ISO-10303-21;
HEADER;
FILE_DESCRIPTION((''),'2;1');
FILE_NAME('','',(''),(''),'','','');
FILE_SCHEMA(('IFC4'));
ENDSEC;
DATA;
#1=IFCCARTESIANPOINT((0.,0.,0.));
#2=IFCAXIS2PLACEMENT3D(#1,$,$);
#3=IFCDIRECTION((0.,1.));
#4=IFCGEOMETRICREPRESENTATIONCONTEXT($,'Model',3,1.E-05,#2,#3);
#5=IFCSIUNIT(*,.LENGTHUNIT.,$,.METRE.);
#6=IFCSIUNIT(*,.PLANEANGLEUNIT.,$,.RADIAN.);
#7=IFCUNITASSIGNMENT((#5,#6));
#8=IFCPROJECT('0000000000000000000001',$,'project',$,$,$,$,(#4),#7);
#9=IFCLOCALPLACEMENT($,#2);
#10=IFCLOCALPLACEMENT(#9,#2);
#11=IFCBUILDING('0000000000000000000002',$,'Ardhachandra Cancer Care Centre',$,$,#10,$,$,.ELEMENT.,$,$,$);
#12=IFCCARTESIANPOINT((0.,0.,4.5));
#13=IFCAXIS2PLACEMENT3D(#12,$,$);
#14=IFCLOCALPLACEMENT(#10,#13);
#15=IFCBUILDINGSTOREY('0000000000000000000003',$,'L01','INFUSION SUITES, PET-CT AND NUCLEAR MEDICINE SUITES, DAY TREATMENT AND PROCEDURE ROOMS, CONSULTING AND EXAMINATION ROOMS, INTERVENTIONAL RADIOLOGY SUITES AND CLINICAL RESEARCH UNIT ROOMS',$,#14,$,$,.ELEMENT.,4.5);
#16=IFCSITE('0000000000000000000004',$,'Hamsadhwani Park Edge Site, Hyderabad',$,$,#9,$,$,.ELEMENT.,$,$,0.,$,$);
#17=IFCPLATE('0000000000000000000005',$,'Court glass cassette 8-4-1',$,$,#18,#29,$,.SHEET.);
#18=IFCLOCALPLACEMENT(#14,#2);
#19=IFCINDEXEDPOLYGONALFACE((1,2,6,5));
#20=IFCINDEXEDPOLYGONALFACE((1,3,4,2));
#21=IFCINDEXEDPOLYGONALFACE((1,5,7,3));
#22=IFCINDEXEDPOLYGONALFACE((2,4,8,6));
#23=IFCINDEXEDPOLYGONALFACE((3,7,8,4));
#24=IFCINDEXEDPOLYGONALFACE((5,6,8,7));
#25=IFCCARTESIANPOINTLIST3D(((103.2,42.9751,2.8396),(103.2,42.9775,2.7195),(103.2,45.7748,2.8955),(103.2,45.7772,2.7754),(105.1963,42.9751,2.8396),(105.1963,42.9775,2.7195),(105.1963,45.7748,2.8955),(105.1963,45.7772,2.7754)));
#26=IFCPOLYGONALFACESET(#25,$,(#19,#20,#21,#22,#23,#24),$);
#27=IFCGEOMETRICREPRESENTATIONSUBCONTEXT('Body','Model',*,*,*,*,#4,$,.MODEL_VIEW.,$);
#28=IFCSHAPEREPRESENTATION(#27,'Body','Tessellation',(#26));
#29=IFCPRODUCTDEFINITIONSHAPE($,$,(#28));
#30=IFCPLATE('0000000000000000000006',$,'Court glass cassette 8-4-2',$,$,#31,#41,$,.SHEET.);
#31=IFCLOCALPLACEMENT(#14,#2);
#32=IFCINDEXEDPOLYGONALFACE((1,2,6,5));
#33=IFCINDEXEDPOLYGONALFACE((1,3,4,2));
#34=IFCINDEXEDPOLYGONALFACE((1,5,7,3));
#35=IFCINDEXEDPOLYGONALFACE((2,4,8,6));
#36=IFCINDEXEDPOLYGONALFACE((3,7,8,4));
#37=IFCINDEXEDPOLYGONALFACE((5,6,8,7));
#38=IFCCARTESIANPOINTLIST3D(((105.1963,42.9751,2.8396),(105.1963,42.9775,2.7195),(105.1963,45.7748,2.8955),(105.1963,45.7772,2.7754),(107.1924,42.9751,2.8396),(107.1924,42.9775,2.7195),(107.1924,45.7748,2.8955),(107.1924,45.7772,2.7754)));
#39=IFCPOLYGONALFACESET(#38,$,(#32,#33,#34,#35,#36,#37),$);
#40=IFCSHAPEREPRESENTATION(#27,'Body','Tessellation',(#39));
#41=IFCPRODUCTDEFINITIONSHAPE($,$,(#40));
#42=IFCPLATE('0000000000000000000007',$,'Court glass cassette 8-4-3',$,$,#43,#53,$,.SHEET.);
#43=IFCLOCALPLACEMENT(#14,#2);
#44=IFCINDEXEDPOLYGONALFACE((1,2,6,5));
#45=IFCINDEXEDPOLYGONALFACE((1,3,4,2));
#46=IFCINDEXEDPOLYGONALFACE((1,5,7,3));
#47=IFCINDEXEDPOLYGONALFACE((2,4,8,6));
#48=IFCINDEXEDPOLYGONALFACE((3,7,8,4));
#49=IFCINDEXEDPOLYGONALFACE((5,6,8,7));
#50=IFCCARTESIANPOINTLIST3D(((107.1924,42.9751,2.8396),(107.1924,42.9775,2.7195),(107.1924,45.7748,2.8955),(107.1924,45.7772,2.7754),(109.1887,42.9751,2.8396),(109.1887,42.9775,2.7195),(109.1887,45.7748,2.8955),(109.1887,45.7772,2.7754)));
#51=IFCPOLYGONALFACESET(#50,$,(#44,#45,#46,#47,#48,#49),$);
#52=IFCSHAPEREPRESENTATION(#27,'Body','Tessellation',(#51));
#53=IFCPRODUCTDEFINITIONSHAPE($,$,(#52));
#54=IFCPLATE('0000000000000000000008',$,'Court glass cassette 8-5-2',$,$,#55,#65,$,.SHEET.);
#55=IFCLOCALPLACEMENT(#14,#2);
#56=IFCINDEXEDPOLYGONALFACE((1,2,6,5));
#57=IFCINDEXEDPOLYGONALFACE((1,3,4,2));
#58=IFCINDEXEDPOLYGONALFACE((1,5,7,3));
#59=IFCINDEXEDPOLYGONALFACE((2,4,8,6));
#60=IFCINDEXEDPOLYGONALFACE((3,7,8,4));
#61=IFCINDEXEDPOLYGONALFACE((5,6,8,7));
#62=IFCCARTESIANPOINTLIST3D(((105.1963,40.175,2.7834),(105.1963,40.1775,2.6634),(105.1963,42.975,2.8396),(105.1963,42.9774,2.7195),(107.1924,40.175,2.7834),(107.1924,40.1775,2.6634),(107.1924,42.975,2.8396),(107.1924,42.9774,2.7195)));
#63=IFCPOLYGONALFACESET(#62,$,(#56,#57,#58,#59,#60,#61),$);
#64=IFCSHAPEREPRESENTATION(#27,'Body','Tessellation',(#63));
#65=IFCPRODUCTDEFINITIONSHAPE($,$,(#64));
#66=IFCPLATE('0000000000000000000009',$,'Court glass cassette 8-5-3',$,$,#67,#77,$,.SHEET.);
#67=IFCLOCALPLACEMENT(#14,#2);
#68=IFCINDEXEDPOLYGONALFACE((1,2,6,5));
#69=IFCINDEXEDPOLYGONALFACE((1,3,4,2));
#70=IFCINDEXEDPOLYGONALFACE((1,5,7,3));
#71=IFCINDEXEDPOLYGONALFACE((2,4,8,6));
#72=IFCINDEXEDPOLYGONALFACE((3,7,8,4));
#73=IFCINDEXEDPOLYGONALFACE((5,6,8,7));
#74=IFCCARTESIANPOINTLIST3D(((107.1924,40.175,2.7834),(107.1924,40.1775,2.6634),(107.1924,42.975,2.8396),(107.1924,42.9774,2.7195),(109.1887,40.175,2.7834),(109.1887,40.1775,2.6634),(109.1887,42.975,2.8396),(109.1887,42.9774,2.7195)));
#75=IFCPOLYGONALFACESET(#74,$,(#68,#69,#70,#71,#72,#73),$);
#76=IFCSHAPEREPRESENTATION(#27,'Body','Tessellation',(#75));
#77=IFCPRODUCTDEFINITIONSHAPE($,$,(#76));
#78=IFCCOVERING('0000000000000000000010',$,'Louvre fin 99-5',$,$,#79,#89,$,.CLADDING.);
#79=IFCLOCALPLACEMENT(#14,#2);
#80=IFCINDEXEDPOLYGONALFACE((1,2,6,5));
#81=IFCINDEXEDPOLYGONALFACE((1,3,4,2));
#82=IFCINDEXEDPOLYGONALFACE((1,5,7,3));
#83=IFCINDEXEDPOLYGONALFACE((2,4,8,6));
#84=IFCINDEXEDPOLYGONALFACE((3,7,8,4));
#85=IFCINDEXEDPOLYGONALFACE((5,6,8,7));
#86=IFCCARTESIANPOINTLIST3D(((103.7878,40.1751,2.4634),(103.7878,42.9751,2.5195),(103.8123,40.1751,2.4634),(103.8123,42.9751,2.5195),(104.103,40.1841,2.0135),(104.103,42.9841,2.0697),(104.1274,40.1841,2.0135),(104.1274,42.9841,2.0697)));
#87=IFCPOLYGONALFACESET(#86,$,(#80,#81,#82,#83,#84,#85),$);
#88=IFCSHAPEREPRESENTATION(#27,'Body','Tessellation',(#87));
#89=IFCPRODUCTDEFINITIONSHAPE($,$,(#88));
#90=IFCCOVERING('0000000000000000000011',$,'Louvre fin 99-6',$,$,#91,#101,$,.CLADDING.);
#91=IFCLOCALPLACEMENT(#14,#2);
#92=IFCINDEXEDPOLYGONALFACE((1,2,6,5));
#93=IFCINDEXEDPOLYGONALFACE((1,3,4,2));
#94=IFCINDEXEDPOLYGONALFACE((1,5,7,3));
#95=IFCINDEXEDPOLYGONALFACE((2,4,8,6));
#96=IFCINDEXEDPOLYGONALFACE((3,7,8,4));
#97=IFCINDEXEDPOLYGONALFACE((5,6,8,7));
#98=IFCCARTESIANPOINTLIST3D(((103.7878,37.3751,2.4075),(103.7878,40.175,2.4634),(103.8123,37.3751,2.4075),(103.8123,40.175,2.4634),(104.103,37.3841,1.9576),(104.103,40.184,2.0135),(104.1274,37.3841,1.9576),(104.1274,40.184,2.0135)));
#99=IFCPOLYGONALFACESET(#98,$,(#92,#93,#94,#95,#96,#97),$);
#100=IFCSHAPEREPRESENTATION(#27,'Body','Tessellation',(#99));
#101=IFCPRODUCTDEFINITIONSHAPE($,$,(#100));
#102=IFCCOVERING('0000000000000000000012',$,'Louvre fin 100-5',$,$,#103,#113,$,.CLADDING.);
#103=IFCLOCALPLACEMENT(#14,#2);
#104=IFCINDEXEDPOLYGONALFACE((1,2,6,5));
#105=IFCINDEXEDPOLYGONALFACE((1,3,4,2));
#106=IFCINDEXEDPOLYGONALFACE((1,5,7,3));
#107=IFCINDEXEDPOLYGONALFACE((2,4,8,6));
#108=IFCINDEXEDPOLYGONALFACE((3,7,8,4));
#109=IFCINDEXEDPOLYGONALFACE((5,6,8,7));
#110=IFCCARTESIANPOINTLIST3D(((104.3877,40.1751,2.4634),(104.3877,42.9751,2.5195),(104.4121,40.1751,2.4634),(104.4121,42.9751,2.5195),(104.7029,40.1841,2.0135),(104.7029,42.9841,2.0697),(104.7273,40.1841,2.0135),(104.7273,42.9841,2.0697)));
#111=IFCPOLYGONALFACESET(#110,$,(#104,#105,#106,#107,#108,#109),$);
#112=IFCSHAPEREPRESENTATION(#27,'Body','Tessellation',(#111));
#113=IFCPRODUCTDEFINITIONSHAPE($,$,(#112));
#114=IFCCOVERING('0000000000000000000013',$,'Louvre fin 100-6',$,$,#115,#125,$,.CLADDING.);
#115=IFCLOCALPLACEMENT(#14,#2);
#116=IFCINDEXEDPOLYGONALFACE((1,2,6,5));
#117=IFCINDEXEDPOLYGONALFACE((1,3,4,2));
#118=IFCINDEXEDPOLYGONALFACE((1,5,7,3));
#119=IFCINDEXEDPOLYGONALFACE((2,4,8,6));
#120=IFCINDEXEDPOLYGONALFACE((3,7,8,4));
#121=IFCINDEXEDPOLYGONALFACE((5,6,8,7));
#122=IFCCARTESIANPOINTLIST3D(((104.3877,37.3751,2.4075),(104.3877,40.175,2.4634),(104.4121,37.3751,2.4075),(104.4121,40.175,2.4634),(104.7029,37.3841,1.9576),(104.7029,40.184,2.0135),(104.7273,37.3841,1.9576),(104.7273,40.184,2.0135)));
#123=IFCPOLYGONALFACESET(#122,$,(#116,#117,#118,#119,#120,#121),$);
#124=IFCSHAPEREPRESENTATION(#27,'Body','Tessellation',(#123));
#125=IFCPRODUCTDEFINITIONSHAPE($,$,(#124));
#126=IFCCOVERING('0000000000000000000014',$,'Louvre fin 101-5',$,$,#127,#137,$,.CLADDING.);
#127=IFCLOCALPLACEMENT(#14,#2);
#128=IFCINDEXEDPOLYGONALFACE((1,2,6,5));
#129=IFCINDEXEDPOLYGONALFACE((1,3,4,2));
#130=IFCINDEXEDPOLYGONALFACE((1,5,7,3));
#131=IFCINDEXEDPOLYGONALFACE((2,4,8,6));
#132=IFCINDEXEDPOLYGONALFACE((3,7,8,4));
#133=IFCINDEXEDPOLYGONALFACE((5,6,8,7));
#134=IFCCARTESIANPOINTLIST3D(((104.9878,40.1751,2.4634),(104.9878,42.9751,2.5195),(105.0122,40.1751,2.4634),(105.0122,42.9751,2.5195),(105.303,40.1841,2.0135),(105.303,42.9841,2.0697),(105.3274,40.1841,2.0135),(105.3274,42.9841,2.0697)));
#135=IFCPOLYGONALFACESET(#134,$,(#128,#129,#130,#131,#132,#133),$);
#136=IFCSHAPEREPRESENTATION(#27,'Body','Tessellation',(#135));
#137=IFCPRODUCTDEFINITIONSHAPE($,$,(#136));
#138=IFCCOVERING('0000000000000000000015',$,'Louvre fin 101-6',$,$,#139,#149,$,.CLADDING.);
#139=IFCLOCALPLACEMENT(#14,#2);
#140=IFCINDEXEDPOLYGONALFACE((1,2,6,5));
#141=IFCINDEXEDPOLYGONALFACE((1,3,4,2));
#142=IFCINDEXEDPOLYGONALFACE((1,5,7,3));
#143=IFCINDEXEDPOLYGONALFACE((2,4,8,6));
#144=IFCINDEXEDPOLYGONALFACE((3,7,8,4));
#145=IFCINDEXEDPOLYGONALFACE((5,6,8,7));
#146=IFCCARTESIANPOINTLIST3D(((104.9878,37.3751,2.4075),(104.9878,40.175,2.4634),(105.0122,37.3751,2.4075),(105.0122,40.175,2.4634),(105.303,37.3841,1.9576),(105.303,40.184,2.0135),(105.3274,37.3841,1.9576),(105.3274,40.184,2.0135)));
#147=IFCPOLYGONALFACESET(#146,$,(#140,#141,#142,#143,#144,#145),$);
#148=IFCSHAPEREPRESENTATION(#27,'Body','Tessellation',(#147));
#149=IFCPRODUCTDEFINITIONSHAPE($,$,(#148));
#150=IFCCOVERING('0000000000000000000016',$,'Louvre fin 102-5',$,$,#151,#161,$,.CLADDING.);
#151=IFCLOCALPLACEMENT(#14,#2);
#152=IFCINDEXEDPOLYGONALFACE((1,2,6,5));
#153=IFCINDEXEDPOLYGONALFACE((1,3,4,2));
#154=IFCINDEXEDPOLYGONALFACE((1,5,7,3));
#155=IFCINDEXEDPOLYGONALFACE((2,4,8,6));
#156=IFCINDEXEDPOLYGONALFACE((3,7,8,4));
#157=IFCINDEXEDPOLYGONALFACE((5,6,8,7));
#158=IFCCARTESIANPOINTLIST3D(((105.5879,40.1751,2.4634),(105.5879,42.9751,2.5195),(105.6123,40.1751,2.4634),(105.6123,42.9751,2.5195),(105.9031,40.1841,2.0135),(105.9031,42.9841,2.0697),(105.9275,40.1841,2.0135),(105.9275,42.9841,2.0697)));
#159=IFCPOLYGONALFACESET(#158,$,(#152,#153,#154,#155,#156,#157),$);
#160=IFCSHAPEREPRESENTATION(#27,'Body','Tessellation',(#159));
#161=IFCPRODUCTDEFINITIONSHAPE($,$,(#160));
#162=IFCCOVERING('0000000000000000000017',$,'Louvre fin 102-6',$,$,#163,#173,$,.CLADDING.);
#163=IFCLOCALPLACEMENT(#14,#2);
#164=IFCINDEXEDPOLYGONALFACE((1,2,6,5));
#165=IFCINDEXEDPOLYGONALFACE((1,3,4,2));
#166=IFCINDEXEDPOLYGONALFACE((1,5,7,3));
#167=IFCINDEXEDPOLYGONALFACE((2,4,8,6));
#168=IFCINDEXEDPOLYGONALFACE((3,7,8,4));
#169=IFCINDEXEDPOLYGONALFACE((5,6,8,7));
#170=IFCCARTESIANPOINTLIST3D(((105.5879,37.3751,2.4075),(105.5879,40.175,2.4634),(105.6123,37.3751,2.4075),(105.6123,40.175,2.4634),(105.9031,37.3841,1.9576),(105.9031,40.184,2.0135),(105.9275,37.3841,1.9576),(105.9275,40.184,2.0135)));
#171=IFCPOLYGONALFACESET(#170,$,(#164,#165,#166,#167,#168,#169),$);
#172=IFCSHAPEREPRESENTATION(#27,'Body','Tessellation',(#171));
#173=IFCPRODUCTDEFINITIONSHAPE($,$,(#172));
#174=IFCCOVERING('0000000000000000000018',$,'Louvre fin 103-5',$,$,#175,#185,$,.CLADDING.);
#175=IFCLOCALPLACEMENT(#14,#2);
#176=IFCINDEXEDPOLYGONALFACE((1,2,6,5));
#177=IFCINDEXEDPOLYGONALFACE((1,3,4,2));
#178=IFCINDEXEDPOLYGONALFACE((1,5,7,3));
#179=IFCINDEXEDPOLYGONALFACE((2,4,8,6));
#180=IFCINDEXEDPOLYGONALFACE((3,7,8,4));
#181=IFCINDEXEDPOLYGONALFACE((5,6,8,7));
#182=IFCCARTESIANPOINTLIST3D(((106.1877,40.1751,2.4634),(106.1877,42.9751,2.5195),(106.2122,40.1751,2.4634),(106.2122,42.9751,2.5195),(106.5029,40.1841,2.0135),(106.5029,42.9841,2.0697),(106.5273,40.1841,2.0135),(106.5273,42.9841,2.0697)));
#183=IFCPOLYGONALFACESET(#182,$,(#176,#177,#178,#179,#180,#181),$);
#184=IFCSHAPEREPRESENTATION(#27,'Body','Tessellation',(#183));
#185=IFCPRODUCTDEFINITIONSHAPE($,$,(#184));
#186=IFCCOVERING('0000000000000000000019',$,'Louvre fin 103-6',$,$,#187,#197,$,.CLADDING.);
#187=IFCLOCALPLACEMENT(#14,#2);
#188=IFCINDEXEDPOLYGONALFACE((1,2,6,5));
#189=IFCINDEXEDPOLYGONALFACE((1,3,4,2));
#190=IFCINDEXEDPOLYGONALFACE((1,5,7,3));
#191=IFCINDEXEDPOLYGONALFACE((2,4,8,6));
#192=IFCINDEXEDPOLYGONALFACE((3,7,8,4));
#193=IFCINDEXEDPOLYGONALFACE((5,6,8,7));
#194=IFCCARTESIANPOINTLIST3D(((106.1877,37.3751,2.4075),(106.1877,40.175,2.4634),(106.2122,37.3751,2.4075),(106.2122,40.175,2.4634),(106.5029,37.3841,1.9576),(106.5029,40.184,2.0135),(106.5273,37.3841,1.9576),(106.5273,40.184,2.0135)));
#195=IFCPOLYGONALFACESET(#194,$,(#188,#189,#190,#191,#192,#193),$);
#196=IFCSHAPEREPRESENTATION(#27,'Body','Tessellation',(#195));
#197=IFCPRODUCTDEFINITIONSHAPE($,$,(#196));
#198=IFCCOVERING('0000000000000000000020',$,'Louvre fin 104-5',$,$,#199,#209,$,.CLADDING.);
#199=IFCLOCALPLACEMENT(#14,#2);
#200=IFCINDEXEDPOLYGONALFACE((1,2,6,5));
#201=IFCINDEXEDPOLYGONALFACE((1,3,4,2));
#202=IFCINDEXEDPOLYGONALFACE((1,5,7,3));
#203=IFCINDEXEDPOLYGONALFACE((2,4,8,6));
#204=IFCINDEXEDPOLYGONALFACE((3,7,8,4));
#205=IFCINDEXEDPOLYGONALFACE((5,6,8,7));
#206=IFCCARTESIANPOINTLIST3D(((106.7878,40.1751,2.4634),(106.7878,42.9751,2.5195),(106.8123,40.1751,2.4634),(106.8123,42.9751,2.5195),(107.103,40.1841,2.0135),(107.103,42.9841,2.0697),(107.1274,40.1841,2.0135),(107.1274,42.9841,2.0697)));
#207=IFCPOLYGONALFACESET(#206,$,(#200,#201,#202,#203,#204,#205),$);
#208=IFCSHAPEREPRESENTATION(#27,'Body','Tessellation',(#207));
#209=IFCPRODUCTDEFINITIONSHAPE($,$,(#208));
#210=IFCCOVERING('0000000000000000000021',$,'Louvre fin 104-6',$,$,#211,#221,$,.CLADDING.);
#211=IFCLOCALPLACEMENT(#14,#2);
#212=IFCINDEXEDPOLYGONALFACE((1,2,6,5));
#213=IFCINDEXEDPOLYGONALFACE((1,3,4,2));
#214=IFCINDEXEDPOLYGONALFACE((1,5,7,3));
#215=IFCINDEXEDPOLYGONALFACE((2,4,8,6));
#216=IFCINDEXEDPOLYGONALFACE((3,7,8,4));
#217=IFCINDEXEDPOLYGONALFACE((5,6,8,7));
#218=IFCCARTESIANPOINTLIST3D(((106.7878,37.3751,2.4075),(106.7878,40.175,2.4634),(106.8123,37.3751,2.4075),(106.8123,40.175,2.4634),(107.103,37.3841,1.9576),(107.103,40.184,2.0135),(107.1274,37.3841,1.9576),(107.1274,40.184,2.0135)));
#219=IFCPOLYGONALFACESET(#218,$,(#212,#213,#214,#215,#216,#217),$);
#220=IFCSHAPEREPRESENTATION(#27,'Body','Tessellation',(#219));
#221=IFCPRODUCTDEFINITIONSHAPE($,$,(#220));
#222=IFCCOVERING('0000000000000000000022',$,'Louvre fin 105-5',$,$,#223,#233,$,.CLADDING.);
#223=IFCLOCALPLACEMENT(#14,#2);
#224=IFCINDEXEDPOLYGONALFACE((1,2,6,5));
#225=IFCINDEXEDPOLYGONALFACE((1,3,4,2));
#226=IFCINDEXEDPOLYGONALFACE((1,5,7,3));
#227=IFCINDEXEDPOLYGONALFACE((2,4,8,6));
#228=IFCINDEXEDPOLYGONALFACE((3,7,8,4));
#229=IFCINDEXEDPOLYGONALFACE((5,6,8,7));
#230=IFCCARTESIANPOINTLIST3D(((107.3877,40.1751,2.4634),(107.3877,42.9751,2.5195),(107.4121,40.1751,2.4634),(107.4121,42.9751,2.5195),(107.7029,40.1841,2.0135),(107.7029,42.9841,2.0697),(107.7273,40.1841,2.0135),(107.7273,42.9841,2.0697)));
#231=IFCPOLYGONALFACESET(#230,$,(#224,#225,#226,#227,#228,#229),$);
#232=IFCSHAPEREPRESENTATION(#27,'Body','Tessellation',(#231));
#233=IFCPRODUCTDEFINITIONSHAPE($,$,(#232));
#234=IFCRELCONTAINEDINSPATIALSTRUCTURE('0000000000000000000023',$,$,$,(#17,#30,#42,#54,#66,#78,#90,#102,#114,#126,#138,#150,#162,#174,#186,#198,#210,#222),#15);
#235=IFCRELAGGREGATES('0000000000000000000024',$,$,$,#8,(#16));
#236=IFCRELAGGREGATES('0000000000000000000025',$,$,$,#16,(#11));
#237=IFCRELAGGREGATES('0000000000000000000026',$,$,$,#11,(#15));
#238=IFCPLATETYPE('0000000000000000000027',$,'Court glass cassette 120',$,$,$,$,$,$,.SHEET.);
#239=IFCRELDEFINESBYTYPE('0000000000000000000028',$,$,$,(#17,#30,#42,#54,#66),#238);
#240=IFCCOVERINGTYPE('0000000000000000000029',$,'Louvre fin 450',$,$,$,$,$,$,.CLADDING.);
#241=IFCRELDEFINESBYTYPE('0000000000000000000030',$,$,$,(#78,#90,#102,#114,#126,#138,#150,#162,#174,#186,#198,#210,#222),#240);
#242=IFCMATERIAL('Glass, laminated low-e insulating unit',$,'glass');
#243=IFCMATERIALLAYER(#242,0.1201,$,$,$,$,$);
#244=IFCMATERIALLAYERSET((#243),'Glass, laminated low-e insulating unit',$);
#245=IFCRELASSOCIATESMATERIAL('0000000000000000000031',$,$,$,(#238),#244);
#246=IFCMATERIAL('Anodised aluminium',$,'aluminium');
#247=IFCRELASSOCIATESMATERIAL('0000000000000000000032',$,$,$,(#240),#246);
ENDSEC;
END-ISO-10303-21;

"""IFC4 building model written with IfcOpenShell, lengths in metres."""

from ifc_helpers import new_model, si_unit, direction, frame, origin, place, context, subcontext, project, spatial, polyline, outline, extrude, material, layer, layer_set, material_profile, profile_set, type_object, element, save


model = new_model("IFC4")

# Units and contexts
model_context = context("Model", 3, precision=1e-05, world=origin(), true_north=direction((0.0, 1.0)))
body_context = subcontext(model_context, "Body", "Model", "MODEL_VIEW")
ifc_project = project(units=[si_unit("LENGTHUNIT", "METRE"), si_unit("PLANEANGLEUNIT", "RADIAN")], contexts=[model_context])

# Site, building, storey
site_placement = place(None, origin())
site = spatial("IfcSite", under=ifc_project, at=site_placement, Name="Hamsadhwani Park Edge Site, Hyderabad", CompositionType="ELEMENT", RefElevation=0.0)
building_placement = place(site_placement, origin())
building = spatial("IfcBuilding", under=site, at=building_placement, Name="Ardhachandra Cancer Care Centre", CompositionType="ELEMENT")
storey_placement = place(building_placement, frame((0.0, 0.0, 4.5)))
storey = spatial("IfcBuildingStorey", under=building, at=storey_placement, Name="L01", Description="INFUSION SUITES, PET-CT AND NUCLEAR MEDICINE SUITES, DAY TREATMENT AND PROCEDURE ROOMS, CONSULTING AND EXAMINATION ROOMS, INTERVENTIONAL RADIOLOGY SUITES AND CLINICAL RESEARCH UNIT ROOMS", CompositionType="ELEMENT", Elevation=4.5)

# Plates
ifc_material_1 = material(Name="Glass, laminated low-e insulating unit", Category="glass")
ifc_layer_1 = layer(ifc_material_1, 0.1201)
ifc_layer_set_1 = layer_set([ifc_layer_1], Name="Glass, laminated low-e insulating unit")
plate_type = type_object("IfcPlateType", Name="Court glass cassette 120", PredefinedType="SHEET", material=ifc_layer_set_1)
plate_1_placement = place(storey_placement, frame((103.2, 42.9751, 2.8396), z_axis=(0.0, -0.019965, 0.999801), x_axis=(0.0, 0.999801, 0.019965)))
element("IfcPlate", 1, at=plate_1_placement, inside=storey, type_object=plate_type, Name="Court glass cassette 8-4-1", PredefinedType="SHEET", context=body_context, shape_type="SweptSolid", body=[
    extrude(outline(polyline([(0.0, -1.9963), (2.8003, -1.9963), (2.8003, 0.0), (0.0, 0.0), (0.0, -1.9963)])), frame((0.0, 0.0, -0.1201)), (0.0, 0.0, 1.0), 0.1201),
])
plate_2_placement = place(storey_placement, frame((105.1963, 42.9751, 2.8396), z_axis=(0.0, -0.019965, 0.999801), x_axis=(0.0, 0.999801, 0.019965)))
element("IfcPlate", 2, at=plate_2_placement, inside=storey, type_object=plate_type, Name="Court glass cassette 8-4-2", PredefinedType="SHEET", context=body_context, shape_type="SweptSolid", body=[
    extrude(outline(polyline([(0.0, -1.9961), (2.8003, -1.9961), (2.8003, 0.0), (0.0, 0.0), (0.0, -1.9961)])), frame((0.0, 0.0, -0.1201)), (0.0, 0.0, 1.0), 0.1201),
])
plate_3_placement = place(storey_placement, frame((107.1924, 42.9751, 2.8396), z_axis=(0.0, -0.019965, 0.999801), x_axis=(0.0, 0.999801, 0.019965)))
element("IfcPlate", 3, at=plate_3_placement, inside=storey, type_object=plate_type, Name="Court glass cassette 8-4-3", PredefinedType="SHEET", context=body_context, shape_type="SweptSolid", body=[
    extrude(outline(polyline([(0.0, -1.9963), (2.8003, -1.9963), (2.8003, 0.0), (0.0, 0.0), (0.0, -1.9963)])), frame((0.0, 0.0, -0.1201)), (0.0, 0.0, 1.0), 0.1201),
])
plate_4_placement = place(storey_placement, frame((105.1963, 40.175, 2.7834), z_axis=(0.0, -0.02005, 0.999799), x_axis=(0.0, 0.999799, 0.02005)))
element("IfcPlate", 4, at=plate_4_placement, inside=storey, type_object=plate_type, Name="Court glass cassette 8-5-2", PredefinedType="SHEET", context=body_context, shape_type="SweptSolid", body=[
    extrude(outline(polyline([(0.0, -1.9961), (2.8005, -1.9961), (2.8005, 0.0), (0.0, 0.0), (0.0, -1.9961)])), frame((0.0, 0.0, -0.1201)), (0.0, 0.0, 1.0), 0.1201),
])
plate_5_placement = place(storey_placement, frame((107.1924, 40.175, 2.7834), z_axis=(0.0, -0.02005, 0.999799), x_axis=(0.0, 0.999799, 0.02005)))
element("IfcPlate", 5, at=plate_5_placement, inside=storey, type_object=plate_type, Name="Court glass cassette 8-5-3", PredefinedType="SHEET", context=body_context, shape_type="SweptSolid", body=[
    extrude(outline(polyline([(0.0, -1.9963), (2.8005, -1.9963), (2.8005, 0.0), (0.0, 0.0), (0.0, -1.9963)])), frame((0.0, 0.0, -0.1201)), (0.0, 0.0, 1.0), 0.1201),
])

# Coverings
ifc_material_2 = material(Name="Anodised aluminium", Category="aluminium")
ifc_material_profile_1 = material_profile(ifc_material_2, outline(polyline([(-0.0122, 0.0), (0.0122, 0.0), (0.3274, -0.45), (0.303, -0.45), (-0.0122, 0.0)])), Name="Louvre fin 450")
ifc_profile_set_1 = profile_set([ifc_material_profile_1], Name="Anodised aluminium")
covering_type_1 = type_object("IfcCoveringType", Name="Louvre fin 450", PredefinedType="CLADDING", material=ifc_profile_set_1)
for number, where, z_axis, x_axis, name in (
    (6, (103.8, 42.9751, 2.5195), (0.0, -0.999799, -0.02005), (1.0, 0.0, 0.0), "Louvre fin 99-5"),
    (7, (103.8, 40.175, 2.4634), (0.0, -0.999801, -0.019963), (1.0, 0.0, 0.0), "Louvre fin 99-6"),
    (8, (104.3999, 42.9751, 2.5195), (0.0, -0.999799, -0.02005), (1.0, 0.0, 0.0), "Louvre fin 100-5"),
    (9, (104.3999, 40.175, 2.4634), (0.0, -0.999801, -0.019963), (1.0, 0.0, 0.0), "Louvre fin 100-6"),
    (10, (105.0, 42.9751, 2.5195), (0.0, -0.999799, -0.02005), (1.0, 0.0, 0.0), "Louvre fin 101-5"),
    (11, (105.0, 40.175, 2.4634), (0.0, -0.999801, -0.019963), (1.0, 0.0, 0.0), "Louvre fin 101-6"),
    (12, (105.6001, 42.9751, 2.5195), (0.0, -0.999799, -0.02005), (1.0, 0.0, 0.0), "Louvre fin 102-5"),
    (13, (105.6001, 40.175, 2.4634), (0.0, -0.999801, -0.019963), (1.0, 0.0, 0.0), "Louvre fin 102-6"),
    (14, (106.2, 42.9751, 2.5195), (0.0, -0.999799, -0.02005), (1.0, 0.0, 0.0), "Louvre fin 103-5"),
    (15, (106.2, 40.175, 2.4634), (0.0, -0.999801, -0.019963), (1.0, 0.0, 0.0), "Louvre fin 103-6"),
    (16, (106.8, 42.9751, 2.5195), (0.0, -0.999799, -0.02005), (1.0, 0.0, 0.0), "Louvre fin 104-5"),
    (17, (106.8, 40.175, 2.4634), (0.0, -0.999801, -0.019963), (1.0, 0.0, 0.0), "Louvre fin 104-6"),
    (18, (107.3999, 42.9751, 2.5195), (0.0, -0.999799, -0.02005), (1.0, 0.0, 0.0), "Louvre fin 105-5"),
):
    element("IfcCovering", number, at=place(storey_placement, frame(where, z_axis=z_axis, x_axis=x_axis)), inside=storey, type_object=covering_type_1, Name=name, PredefinedType="CLADDING", context=body_context, shape_type="SweptSolid", body=[
        extrude(outline(polyline([(-0.0122, 0.0), (0.0122, 0.0), (0.3274, -0.45), (0.303, -0.45), (-0.0122, 0.0)])), origin(), (0.0, 0.0, 1.0), 2.8005),
    ])

save(model, "model.ifc")
